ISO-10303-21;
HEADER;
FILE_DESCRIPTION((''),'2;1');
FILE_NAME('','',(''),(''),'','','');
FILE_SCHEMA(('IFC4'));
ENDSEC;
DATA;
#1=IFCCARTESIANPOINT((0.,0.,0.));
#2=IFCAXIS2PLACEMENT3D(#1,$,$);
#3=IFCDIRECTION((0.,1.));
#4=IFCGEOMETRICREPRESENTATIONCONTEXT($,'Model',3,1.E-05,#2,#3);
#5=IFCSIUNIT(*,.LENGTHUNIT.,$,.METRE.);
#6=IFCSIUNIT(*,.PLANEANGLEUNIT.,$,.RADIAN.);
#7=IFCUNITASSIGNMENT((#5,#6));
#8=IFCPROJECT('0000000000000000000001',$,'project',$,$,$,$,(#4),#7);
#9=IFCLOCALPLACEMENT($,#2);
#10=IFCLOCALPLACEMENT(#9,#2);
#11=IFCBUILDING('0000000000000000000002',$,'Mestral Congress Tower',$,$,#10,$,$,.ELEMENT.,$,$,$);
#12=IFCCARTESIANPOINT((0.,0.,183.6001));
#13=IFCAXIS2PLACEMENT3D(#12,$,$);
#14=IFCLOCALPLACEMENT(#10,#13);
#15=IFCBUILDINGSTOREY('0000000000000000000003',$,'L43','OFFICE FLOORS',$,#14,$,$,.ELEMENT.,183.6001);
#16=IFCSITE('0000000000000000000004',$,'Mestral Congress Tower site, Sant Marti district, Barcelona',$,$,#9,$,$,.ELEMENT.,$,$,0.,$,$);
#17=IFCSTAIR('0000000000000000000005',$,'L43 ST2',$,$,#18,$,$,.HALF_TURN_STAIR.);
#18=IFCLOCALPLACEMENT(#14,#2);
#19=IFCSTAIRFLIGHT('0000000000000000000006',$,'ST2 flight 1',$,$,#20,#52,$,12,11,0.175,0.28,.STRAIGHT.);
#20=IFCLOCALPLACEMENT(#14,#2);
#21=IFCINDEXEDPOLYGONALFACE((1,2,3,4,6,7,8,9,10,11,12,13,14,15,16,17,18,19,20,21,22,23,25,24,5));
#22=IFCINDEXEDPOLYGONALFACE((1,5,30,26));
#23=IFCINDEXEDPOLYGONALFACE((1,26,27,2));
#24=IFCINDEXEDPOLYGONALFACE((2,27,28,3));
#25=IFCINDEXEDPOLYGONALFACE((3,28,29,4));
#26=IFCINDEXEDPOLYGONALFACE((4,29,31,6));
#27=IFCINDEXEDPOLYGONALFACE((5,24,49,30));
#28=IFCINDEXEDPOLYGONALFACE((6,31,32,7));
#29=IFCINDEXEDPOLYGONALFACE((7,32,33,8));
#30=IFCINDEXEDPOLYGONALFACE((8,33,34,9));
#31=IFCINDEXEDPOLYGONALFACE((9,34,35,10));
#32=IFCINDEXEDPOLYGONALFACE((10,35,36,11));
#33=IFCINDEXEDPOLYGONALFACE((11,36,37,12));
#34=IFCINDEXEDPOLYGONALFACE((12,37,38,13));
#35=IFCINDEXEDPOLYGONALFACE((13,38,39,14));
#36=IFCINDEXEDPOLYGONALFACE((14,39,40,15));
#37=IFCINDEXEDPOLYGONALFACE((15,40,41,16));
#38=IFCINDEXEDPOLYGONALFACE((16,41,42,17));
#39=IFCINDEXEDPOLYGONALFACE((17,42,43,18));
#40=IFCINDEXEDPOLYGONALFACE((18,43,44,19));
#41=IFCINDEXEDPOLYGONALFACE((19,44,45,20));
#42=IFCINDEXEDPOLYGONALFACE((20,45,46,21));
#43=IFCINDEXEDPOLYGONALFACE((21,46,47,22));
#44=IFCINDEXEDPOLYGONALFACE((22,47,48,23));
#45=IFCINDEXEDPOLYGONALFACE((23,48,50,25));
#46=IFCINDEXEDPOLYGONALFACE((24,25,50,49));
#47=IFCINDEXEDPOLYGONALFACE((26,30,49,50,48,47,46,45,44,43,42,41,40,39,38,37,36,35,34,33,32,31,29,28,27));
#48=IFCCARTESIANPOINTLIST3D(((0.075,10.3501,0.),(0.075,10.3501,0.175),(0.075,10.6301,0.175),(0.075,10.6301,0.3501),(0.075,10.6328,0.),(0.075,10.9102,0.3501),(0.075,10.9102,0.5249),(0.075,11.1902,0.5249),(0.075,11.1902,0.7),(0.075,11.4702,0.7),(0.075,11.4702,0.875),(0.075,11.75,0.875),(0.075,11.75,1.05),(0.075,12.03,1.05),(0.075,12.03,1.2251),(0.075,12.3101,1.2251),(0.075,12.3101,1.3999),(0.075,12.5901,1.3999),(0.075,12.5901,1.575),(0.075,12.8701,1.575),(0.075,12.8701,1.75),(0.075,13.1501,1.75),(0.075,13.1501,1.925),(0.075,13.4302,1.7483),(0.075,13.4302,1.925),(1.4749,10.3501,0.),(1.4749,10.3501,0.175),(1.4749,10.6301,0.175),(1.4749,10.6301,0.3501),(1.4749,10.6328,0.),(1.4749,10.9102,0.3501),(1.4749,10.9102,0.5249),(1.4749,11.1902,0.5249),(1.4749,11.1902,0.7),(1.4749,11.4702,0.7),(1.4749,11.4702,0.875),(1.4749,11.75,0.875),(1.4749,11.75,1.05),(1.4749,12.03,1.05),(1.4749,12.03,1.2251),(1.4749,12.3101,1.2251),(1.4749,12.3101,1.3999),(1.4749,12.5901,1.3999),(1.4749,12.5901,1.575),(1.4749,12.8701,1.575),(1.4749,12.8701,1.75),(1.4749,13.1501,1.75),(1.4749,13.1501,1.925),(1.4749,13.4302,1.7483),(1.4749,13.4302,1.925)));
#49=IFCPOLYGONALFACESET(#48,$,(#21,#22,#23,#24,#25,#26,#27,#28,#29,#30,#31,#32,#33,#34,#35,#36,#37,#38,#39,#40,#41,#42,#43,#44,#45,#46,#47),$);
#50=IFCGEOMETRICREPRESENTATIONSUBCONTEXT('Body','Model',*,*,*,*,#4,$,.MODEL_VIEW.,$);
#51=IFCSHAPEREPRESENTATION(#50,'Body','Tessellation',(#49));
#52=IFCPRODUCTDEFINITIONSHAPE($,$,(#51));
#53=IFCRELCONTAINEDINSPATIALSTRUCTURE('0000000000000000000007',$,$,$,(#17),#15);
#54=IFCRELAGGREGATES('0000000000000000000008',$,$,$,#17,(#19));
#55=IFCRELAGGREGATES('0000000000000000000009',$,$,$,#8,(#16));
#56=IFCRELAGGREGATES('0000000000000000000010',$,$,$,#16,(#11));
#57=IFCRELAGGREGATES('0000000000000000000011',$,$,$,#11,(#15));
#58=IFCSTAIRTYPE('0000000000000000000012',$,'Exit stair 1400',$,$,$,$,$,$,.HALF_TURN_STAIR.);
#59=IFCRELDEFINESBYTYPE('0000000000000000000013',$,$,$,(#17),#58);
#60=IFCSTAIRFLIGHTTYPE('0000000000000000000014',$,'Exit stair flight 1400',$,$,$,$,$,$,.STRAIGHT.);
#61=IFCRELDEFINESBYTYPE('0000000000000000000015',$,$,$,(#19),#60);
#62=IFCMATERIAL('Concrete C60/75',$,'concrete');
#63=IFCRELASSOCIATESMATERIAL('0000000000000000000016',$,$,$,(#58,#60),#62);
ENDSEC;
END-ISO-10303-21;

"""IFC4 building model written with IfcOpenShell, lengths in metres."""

from ifc_helpers import new_model, si_unit, direction, frame, origin, place, context, subcontext, project, spatial, polyline, outline, extrude, material, type_object, element, aggregate, save


model = new_model("IFC4")

# Units and contexts
model_context = context("Model", 3, precision=1e-05, world=origin(), true_north=direction((0.0, 1.0)))
body_context = subcontext(model_context, "Body", "Model", "MODEL_VIEW")
ifc_project = project(units=[si_unit("LENGTHUNIT", "METRE"), si_unit("PLANEANGLEUNIT", "RADIAN")], contexts=[model_context])

# Site, building, storey
site_placement = place(None, origin())
site = spatial("IfcSite", under=ifc_project, at=site_placement, Name="Mestral Congress Tower site, Sant Marti district, Barcelona", CompositionType="ELEMENT", RefElevation=0.0)
building_placement = place(site_placement, origin())
building = spatial("IfcBuilding", under=site, at=building_placement, Name="Mestral Congress Tower", CompositionType="ELEMENT")
storey_placement = place(building_placement, frame((0.0, 0.0, 183.6001)))
storey = spatial("IfcBuildingStorey", under=building, at=storey_placement, Name="L43", Description="OFFICE FLOORS", CompositionType="ELEMENT", Elevation=183.6001)

# Shared definitions
ifc_material_1 = material(Name="Concrete C60/75", Category="concrete")

# Stair, stair flight
stair_type = type_object("IfcStairType", Name="Exit stair 1400", PredefinedType="HALF_TURN_STAIR", material=ifc_material_1)
stair_placement = place(storey_placement, origin())
stair = element("IfcStair", 1, at=stair_placement, inside=storey, type_object=stair_type, Name="L43 ST2", PredefinedType="HALF_TURN_STAIR")
stair_flight_type = type_object("IfcStairFlightType", Name="Exit stair flight 1400", PredefinedType="STRAIGHT", material=ifc_material_1)
stair_flight_placement = place(storey_placement, frame((0.7749, 10.3501, 0.0), z_axis=(0.0, 0.0, 1.0), x_axis=(0.0, 1.0, 0.0)))
stair_flight = element("IfcStairFlight", 2, at=stair_flight_placement, type_object=stair_flight_type, Name="ST2 flight 1", NumberOfRisers=12, NumberOfTreads=11, PredefinedType="STRAIGHT", RiserHeight=0.175, TreadLength=0.28, context=body_context, shape_type="SweptSolid", body=[
    extrude(outline(polyline([(0.0, 0.0), (0.0, 0.175), (0.28, 0.175), (0.28, 0.3501), (0.5601, 0.3501), (0.5601, 0.5249), (0.8401, 0.5249), (0.8401, 0.7), (1.1201, 0.7), (1.1201, 0.875), (1.3999, 0.875), (1.3999, 1.05), (1.6799, 1.05), (1.6799, 1.2251), (1.96, 1.2251), (1.96, 1.3999), (2.24, 1.3999), (2.24, 1.575), (2.52, 1.575), (2.52, 1.75), (2.8, 1.75), (2.8, 1.925), (3.0801, 1.925), (3.0801, 2.1001), (3.0801, 1.7483), (0.2827, 0.0), (0.0, 0.0)])), frame((0.0, 0.7, 0.0), z_axis=(0.0, -1.0, 0.0), x_axis=(1.0, 0.0, 0.0)), (0.0, 0.0, 1.0), 1.3999),
])
aggregate(stair, [stair_flight])

save(model, "model.ifc")
